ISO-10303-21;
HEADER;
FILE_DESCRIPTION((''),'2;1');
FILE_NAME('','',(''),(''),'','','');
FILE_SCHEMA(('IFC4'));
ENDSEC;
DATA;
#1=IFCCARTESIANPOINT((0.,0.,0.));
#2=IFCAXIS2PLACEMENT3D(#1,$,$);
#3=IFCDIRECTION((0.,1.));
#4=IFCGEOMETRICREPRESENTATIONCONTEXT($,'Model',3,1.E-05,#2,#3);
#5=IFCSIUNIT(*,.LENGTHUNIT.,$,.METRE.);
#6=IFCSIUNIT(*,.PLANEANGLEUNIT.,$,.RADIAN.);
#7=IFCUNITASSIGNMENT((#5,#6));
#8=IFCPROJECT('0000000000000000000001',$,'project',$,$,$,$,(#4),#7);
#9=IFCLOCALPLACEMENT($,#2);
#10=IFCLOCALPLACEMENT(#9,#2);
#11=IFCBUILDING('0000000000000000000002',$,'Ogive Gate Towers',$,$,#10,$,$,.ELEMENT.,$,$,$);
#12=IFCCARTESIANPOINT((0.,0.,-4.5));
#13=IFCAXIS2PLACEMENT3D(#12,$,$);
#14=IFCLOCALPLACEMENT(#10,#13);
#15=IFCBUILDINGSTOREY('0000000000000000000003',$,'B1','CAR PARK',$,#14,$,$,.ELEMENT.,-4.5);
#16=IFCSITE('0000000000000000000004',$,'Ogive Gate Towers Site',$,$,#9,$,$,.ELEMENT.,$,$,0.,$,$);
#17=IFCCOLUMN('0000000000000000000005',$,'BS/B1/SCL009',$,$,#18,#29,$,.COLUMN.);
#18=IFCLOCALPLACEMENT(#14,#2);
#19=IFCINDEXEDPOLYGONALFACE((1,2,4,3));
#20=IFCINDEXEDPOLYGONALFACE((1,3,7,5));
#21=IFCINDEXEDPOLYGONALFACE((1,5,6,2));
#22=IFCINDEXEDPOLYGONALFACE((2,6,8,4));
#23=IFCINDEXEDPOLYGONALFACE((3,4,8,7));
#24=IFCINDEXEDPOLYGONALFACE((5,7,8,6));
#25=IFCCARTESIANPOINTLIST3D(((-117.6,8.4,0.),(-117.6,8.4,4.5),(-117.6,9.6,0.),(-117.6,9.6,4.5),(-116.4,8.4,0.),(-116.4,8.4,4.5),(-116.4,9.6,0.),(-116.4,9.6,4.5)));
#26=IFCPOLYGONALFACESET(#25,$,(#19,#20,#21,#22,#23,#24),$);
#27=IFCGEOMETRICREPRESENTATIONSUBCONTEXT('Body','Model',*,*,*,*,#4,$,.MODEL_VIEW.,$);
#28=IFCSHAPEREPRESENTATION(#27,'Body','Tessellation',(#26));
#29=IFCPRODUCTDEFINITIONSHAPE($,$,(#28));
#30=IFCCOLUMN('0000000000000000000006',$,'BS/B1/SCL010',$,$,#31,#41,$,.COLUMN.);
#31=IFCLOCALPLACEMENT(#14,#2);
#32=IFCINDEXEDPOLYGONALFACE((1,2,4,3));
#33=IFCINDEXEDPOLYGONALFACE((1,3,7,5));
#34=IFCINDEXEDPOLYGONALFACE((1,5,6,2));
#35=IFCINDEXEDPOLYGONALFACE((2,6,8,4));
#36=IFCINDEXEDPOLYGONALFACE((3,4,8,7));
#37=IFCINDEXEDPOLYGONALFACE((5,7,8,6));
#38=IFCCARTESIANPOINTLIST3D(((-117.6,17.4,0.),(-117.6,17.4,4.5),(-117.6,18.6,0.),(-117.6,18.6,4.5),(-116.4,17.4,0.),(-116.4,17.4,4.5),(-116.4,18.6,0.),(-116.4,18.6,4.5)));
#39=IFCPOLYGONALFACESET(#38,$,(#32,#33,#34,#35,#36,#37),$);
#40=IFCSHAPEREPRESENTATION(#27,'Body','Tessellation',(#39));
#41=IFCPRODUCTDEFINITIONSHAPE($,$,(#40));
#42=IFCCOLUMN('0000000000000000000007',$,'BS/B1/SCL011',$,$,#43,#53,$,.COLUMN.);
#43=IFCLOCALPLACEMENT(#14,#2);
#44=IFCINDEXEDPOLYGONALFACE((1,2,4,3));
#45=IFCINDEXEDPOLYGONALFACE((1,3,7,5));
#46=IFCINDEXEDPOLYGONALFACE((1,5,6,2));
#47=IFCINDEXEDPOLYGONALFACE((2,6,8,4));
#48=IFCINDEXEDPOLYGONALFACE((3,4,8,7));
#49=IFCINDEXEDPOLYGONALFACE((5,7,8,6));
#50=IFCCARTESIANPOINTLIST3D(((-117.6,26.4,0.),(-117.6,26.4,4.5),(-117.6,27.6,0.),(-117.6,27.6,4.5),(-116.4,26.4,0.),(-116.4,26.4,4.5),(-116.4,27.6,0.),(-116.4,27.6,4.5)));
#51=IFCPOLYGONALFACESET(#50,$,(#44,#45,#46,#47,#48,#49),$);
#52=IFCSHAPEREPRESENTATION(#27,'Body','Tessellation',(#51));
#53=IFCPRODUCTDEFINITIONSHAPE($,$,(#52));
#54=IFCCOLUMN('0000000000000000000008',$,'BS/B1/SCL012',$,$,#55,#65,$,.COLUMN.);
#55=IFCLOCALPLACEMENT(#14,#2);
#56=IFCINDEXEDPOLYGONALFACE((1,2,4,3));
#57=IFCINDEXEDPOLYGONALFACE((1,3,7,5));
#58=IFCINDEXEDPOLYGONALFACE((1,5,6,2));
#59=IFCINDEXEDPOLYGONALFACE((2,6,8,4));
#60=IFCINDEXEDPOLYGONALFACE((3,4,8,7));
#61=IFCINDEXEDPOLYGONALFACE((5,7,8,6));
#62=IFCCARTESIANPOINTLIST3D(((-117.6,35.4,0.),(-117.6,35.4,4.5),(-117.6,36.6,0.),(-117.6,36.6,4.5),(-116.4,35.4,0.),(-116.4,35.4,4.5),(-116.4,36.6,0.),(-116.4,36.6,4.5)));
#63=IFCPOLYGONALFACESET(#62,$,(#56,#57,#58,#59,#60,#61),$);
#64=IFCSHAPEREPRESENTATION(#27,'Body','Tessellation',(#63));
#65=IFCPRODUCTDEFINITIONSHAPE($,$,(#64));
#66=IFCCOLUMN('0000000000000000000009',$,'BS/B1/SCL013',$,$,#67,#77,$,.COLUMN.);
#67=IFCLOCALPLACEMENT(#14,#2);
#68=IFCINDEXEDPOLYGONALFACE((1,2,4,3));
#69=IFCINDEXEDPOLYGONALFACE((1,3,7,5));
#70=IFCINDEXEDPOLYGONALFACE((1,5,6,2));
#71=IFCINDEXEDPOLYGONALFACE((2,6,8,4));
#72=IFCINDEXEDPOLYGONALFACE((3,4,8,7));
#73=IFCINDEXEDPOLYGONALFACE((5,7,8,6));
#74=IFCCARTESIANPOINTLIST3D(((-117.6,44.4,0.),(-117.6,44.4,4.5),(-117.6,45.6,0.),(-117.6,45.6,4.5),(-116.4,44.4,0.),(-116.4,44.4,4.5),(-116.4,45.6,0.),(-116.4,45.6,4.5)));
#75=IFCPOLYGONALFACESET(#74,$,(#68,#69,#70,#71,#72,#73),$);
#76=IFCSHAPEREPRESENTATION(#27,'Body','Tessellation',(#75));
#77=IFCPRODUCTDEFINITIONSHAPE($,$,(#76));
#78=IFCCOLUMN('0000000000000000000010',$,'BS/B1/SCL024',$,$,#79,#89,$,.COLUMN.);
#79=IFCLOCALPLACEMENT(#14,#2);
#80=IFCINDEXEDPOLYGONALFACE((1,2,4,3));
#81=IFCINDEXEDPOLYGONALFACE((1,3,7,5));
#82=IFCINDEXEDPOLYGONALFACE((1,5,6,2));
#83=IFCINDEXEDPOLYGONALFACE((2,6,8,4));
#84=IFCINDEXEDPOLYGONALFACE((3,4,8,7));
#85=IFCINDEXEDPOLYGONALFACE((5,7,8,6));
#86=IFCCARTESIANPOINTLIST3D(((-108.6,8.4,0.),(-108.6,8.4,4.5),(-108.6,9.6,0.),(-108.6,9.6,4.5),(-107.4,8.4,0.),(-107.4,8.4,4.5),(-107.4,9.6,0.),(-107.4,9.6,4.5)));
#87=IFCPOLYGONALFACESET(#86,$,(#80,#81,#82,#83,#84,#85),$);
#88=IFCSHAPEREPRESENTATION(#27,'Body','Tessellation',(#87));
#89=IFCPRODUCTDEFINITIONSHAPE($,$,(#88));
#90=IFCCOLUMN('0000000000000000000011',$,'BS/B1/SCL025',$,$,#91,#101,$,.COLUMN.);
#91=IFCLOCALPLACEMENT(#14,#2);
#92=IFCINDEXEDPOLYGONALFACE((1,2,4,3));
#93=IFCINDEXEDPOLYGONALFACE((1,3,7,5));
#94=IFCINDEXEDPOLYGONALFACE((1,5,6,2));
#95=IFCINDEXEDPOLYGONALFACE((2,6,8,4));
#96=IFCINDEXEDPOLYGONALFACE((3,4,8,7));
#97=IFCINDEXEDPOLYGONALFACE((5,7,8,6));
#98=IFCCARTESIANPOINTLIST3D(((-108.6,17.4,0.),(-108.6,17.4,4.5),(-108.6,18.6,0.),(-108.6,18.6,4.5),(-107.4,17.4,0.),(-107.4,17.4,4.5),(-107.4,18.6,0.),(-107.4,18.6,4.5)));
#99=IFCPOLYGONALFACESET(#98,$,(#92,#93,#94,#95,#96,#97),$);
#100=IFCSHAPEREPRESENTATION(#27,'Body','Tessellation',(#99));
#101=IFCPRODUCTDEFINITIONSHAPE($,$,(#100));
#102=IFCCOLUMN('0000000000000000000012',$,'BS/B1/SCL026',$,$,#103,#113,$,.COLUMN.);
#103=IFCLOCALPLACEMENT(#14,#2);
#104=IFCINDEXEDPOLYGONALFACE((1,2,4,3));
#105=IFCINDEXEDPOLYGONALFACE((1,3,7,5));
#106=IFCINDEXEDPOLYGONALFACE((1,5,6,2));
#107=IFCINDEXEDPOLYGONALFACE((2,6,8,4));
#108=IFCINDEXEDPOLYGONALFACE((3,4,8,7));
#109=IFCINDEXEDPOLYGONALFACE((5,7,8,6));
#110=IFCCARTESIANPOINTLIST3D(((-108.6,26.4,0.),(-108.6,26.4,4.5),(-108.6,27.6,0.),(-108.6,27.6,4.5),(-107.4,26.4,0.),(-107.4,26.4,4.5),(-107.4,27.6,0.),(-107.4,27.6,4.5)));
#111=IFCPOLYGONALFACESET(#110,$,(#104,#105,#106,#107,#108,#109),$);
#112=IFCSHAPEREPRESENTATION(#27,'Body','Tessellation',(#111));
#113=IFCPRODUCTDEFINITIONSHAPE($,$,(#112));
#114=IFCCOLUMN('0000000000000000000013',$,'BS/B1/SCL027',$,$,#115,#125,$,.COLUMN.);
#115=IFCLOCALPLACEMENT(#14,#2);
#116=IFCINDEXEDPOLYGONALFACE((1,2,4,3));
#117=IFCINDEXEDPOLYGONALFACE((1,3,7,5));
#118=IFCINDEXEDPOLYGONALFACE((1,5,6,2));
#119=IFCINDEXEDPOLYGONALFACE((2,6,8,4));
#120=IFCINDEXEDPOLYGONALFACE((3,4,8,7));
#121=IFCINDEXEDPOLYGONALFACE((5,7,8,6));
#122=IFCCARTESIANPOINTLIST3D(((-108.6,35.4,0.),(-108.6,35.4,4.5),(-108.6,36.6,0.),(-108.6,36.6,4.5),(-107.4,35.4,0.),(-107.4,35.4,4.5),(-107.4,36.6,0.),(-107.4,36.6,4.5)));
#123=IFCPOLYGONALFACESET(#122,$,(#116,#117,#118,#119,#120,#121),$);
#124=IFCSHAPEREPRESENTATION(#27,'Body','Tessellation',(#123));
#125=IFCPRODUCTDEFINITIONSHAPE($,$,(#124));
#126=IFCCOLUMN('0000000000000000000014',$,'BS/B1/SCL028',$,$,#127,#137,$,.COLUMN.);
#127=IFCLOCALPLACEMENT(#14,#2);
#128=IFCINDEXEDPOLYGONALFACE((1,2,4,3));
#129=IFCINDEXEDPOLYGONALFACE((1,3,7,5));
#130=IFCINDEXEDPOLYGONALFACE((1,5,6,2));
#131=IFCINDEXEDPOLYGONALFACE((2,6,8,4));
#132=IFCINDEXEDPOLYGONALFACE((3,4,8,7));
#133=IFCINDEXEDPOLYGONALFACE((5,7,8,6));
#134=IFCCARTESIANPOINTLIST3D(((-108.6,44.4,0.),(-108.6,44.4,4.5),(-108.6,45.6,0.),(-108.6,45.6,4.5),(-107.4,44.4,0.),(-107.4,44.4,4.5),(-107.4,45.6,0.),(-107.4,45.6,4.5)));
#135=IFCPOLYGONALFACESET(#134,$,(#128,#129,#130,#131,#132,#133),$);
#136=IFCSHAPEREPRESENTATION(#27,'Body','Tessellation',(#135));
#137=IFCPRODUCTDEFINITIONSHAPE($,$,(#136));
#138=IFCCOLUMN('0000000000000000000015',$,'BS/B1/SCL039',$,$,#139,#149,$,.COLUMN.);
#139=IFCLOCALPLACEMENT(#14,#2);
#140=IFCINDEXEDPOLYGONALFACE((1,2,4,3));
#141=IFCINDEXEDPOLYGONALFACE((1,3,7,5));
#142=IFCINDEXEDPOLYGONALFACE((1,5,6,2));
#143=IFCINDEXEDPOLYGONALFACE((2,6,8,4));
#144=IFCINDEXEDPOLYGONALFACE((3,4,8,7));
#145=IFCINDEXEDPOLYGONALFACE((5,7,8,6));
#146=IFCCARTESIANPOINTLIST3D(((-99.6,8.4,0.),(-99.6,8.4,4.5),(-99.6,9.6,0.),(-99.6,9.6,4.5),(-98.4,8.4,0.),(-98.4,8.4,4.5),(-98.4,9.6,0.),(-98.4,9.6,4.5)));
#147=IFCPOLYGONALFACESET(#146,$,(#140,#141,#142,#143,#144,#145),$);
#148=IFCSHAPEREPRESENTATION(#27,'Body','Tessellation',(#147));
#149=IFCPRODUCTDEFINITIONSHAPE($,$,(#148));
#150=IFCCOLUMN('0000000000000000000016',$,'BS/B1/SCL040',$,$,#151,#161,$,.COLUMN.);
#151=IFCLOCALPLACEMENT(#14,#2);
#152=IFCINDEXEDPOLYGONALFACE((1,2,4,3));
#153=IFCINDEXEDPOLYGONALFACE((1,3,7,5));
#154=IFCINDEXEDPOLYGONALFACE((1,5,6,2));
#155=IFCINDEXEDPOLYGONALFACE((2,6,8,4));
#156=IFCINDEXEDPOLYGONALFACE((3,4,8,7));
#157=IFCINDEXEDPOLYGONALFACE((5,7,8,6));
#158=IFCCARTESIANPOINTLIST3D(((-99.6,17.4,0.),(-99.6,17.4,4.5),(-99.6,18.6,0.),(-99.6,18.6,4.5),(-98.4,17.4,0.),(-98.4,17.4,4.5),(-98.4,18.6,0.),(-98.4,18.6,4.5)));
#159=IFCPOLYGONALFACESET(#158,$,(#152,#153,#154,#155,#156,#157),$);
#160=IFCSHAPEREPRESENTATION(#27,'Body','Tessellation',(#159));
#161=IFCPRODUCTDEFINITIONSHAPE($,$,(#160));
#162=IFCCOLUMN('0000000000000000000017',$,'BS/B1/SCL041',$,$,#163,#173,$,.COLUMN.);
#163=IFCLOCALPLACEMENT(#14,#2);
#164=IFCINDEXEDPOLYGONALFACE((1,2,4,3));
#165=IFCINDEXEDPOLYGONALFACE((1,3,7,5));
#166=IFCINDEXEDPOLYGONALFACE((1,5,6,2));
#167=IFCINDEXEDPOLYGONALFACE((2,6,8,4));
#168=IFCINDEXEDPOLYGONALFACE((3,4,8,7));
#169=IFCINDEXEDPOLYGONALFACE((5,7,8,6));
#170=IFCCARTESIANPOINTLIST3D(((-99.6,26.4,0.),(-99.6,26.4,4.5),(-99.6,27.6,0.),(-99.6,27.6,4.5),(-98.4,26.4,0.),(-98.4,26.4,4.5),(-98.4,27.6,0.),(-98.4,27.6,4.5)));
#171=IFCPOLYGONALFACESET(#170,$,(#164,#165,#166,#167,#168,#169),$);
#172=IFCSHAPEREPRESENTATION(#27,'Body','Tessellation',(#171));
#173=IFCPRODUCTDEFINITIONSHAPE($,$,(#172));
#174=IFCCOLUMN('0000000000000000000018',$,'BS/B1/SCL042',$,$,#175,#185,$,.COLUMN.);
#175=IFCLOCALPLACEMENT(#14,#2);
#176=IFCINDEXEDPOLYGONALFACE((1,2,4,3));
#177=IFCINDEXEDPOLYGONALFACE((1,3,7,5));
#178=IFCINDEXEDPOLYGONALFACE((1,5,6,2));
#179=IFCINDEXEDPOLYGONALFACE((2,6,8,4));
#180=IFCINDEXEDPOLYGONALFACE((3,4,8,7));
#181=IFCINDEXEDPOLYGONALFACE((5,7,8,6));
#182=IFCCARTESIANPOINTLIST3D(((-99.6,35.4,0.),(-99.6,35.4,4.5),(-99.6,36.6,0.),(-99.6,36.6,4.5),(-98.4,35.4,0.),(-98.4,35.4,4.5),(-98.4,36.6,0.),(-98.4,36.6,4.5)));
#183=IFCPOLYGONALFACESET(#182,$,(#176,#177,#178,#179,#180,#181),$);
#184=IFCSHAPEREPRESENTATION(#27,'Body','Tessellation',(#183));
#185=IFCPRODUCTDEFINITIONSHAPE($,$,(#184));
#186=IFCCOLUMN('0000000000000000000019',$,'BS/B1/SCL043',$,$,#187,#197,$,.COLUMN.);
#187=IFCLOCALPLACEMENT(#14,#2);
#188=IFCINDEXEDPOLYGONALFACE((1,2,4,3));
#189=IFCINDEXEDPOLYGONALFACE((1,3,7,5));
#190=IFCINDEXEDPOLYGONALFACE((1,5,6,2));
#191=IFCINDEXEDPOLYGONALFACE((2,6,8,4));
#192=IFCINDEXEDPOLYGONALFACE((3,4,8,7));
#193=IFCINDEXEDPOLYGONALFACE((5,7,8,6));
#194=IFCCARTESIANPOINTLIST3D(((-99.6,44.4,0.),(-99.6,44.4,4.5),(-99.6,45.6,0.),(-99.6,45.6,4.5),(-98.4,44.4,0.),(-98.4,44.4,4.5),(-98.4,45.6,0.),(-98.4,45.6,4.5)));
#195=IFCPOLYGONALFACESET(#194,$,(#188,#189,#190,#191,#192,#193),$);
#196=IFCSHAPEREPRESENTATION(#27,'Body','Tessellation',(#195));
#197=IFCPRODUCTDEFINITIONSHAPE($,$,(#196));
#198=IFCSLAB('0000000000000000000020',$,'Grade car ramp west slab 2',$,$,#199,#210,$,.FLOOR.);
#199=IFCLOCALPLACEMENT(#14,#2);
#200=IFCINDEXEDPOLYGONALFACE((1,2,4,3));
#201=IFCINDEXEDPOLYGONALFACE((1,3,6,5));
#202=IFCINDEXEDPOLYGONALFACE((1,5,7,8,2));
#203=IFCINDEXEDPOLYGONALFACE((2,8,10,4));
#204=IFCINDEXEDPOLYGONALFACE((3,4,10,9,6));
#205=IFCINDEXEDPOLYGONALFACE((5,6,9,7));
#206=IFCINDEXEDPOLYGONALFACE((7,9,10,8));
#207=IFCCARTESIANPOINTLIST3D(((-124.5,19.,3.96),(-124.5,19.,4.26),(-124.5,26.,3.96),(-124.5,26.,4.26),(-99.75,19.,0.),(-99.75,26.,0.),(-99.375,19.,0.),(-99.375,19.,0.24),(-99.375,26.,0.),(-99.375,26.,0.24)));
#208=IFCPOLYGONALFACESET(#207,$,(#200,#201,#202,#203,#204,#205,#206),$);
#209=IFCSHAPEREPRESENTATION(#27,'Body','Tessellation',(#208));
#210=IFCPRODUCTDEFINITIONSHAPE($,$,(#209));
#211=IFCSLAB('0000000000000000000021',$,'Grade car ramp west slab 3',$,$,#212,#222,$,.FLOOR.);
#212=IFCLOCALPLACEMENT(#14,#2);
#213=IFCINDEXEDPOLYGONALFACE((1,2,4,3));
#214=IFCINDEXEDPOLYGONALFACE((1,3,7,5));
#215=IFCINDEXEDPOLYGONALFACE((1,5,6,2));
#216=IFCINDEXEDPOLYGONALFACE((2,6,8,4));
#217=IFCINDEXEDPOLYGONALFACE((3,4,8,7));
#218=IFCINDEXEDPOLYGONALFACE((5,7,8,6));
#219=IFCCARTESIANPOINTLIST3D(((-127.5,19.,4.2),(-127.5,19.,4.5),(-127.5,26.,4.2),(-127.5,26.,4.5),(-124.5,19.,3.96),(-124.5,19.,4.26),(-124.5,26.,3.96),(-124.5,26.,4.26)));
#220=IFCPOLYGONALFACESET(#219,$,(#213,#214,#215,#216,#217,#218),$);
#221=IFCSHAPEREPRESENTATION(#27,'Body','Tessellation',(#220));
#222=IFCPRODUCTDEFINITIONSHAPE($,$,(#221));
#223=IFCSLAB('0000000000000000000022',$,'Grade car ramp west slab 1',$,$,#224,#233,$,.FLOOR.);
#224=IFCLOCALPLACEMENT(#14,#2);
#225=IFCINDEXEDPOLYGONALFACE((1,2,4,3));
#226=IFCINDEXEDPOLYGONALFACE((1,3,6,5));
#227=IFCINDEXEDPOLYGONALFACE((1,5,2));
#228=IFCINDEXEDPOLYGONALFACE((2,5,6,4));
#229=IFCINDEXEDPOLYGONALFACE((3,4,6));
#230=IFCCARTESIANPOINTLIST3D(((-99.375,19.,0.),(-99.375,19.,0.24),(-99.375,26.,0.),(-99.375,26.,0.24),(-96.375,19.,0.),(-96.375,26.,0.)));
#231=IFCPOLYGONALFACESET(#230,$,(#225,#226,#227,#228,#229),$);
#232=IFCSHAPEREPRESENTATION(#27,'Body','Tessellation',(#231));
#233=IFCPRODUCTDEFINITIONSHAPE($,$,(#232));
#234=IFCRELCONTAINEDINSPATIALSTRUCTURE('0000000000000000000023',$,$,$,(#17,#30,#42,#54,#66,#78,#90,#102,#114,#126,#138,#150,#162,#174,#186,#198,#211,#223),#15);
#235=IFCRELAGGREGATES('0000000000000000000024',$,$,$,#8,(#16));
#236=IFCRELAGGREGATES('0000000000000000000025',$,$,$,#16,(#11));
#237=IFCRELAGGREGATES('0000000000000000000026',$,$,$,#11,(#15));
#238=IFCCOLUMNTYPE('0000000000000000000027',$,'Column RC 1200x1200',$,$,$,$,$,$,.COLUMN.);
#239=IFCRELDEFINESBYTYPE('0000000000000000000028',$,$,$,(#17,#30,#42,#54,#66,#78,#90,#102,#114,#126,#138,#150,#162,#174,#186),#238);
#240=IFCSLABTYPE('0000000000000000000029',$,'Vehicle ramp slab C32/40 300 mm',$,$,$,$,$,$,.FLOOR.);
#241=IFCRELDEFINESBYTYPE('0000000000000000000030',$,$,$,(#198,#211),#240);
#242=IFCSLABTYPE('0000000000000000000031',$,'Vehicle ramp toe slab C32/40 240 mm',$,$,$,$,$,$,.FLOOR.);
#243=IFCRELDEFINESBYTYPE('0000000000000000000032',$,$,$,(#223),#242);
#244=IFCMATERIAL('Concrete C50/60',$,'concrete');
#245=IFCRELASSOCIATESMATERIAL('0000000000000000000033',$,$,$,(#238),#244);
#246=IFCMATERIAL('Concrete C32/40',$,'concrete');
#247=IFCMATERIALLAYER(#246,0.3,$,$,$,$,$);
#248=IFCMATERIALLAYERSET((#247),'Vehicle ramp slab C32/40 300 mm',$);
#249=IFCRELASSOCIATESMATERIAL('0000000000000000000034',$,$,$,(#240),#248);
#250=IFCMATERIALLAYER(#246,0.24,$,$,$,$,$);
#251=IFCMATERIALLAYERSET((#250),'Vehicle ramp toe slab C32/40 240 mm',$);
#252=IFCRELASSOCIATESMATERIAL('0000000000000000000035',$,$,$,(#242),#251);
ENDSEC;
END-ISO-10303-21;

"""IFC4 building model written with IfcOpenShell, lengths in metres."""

from ifc_helpers import new_model, si_unit, direction, frame, origin, origin_2d, place, context, subcontext, project, spatial, polyline, rectangle, outline, extrude, material, layer, layer_set, material_profile, profile_set, type_object, element, save


model = new_model("IFC4")

# Units and contexts
model_context = context("Model", 3, precision=1e-05, world=origin(), true_north=direction((0.0, 1.0)))
body_context = subcontext(model_context, "Body", "Model", "MODEL_VIEW")
ifc_project = project(units=[si_unit("LENGTHUNIT", "METRE"), si_unit("PLANEANGLEUNIT", "RADIAN")], contexts=[model_context])

# Site, building, storey
site_placement = place(None, origin())
site = spatial("IfcSite", under=ifc_project, at=site_placement, Name="Ogive Gate Towers Site", CompositionType="ELEMENT", RefElevation=0.0)
building_placement = place(site_placement, origin())
building = spatial("IfcBuilding", under=site, at=building_placement, Name="Ogive Gate Towers", CompositionType="ELEMENT")
storey_placement = place(building_placement, frame((0.0, 0.0, -4.5)))
storey = spatial("IfcBuildingStorey", under=building, at=storey_placement, Name="B1", Description="CAR PARK", CompositionType="ELEMENT", Elevation=-4.5)

# Columns
ifc_material_1 = material(Name="Concrete C50/60", Category="concrete")
ifc_material_profile = material_profile(ifc_material_1, rectangle(XDim=1.2, YDim=1.2, at=origin_2d()), Name="RC 1200x1200")
ifc_profile_set = profile_set([ifc_material_profile], Name="Concrete C50/60")
column_type = type_object("IfcColumnType", Name="Column RC 1200x1200", PredefinedType="COLUMN", material=ifc_profile_set)
for number, where, z_axis, x_axis, name in (
    (1, (-117.0, 9.0, 0.0), (0.0, 0.0, 1.0), (1.0, 0.0, 0.0), "BS/B1/SCL009"),
    (2, (-117.0, 18.0, 0.0), (0.0, 0.0, 1.0), (1.0, 0.0, 0.0), "BS/B1/SCL010"),
    (3, (-117.0, 27.0, 0.0), (0.0, 0.0, 1.0), (1.0, 0.0, 0.0), "BS/B1/SCL011"),
    (4, (-117.0, 36.0, 0.0), (0.0, 0.0, 1.0), (1.0, 0.0, 0.0), "BS/B1/SCL012"),
    (5, (-117.0, 45.0, 0.0), (0.0, 0.0, 1.0), (1.0, 0.0, 0.0), "BS/B1/SCL013"),
    (6, (-108.0, 9.0, 0.0), (0.0, 0.0, 1.0), (1.0, 0.0, 0.0), "BS/B1/SCL024"),
    (7, (-108.0, 18.0, 0.0), (0.0, 0.0, 1.0), (1.0, 0.0, 0.0), "BS/B1/SCL025"),
    (8, (-108.0, 27.0, 0.0), (0.0, 0.0, 1.0), (1.0, 0.0, 0.0), "BS/B1/SCL026"),
    (9, (-108.0, 36.0, 0.0), (0.0, 0.0, 1.0), (1.0, 0.0, 0.0), "BS/B1/SCL027"),
    (10, (-108.0, 45.0, 0.0), (0.0, 0.0, 1.0), (1.0, 0.0, 0.0), "BS/B1/SCL028"),
    (11, (-99.0, 9.0, 0.0), (0.0, 0.0, 1.0), (1.0, 0.0, 0.0), "BS/B1/SCL039"),
    (12, (-99.0, 18.0, 0.0), (0.0, 0.0, 1.0), (1.0, 0.0, 0.0), "BS/B1/SCL040"),
    (13, (-99.0, 27.0, 0.0), (0.0, 0.0, 1.0), (1.0, 0.0, 0.0), "BS/B1/SCL041"),
    (14, (-99.0, 36.0, 0.0), (0.0, 0.0, 1.0), (1.0, 0.0, 0.0), "BS/B1/SCL042"),
    (15, (-99.0, 45.0, 0.0), (0.0, 0.0, 1.0), (1.0, 0.0, 0.0), "BS/B1/SCL043"),
):
    element("IfcColumn", number, at=place(storey_placement, frame(where, z_axis=z_axis, x_axis=x_axis)), inside=storey, type_object=column_type, Name=name, PredefinedType="COLUMN", context=body_context, shape_type="SweptSolid", body=[
        extrude(rectangle(XDim=1.2, YDim=1.2, at=origin_2d()), origin(), (0.0, 0.0, 1.0), 4.5),
    ])

# Slabs
ifc_material_2 = material(Name="Concrete C32/40", Category="concrete")
ifc_layer_1 = layer(ifc_material_2, 0.3)
ifc_layer_set_1 = layer_set([ifc_layer_1], Name="Vehicle ramp slab C32/40 300 mm")
slab_type_1 = type_object("IfcSlabType", Name="Vehicle ramp slab C32/40 300 mm", PredefinedType="FLOOR", material=ifc_layer_set_1)
slab_1_placement = place(storey_placement, frame((-124.5, 22.5, 0.0), z_axis=(0.0, 0.0, 1.0), x_axis=(1.0, 0.0, 0.0)))
element("IfcSlab", 16, at=slab_1_placement, inside=storey, type_object=slab_type_1, Name="Grade car ramp west slab 2", PredefinedType="FLOOR", context=body_context, shape_type="SweptSolid", body=[
    extrude(outline(polyline([(0.0, 3.96), (24.75, 0.0), (25.125, 0.0), (25.125, 0.24), (0.0, 4.26), (0.0, 3.96)])), frame((0.0, 3.5, 0.0), z_axis=(0.0, -1.0, 0.0), x_axis=(1.0, 0.0, 0.0)), (0.0, 0.0, 1.0), 7.0),
])
slab_2_placement = place(storey_placement, frame((-127.5, 22.5, 0.0), z_axis=(0.0, 0.0, 1.0), x_axis=(1.0, 0.0, 0.0)))
element("IfcSlab", 17, at=slab_2_placement, inside=storey, type_object=slab_type_1, Name="Grade car ramp west slab 3", PredefinedType="FLOOR", context=body_context, shape_type="SweptSolid", body=[
    extrude(outline(polyline([(0.0, 4.2), (3.0, 3.96), (3.0, 4.26), (0.0, 4.5), (0.0, 4.2)])), frame((0.0, 3.5, 0.0), z_axis=(0.0, -1.0, 0.0), x_axis=(1.0, 0.0, 0.0)), (0.0, 0.0, 1.0), 7.0),
])
ifc_layer_2 = layer(ifc_material_2, 0.24)
ifc_layer_set_2 = layer_set([ifc_layer_2], Name="Vehicle ramp toe slab C32/40 240 mm")
slab_type_2 = type_object("IfcSlabType", Name="Vehicle ramp toe slab C32/40 240 mm", PredefinedType="FLOOR", material=ifc_layer_set_2)
slab_3_placement = place(storey_placement, frame((-99.375, 22.5, 0.0), z_axis=(0.0, 0.0, 1.0), x_axis=(1.0, 0.0, 0.0)))
element("IfcSlab", 18, at=slab_3_placement, inside=storey, type_object=slab_type_2, Name="Grade car ramp west slab 1", PredefinedType="FLOOR", context=body_context, shape_type="SweptSolid", body=[
    extrude(outline(polyline([(0.0, 0.0), (3.0, 0.0), (3.0, 0.0), (0.0, 0.24), (0.0, 0.0)])), frame((0.0, 3.5, 0.0), z_axis=(0.0, -1.0, 0.0), x_axis=(1.0, 0.0, 0.0)), (0.0, 0.0, 1.0), 7.0),
])

save(model, "model.ifc")
